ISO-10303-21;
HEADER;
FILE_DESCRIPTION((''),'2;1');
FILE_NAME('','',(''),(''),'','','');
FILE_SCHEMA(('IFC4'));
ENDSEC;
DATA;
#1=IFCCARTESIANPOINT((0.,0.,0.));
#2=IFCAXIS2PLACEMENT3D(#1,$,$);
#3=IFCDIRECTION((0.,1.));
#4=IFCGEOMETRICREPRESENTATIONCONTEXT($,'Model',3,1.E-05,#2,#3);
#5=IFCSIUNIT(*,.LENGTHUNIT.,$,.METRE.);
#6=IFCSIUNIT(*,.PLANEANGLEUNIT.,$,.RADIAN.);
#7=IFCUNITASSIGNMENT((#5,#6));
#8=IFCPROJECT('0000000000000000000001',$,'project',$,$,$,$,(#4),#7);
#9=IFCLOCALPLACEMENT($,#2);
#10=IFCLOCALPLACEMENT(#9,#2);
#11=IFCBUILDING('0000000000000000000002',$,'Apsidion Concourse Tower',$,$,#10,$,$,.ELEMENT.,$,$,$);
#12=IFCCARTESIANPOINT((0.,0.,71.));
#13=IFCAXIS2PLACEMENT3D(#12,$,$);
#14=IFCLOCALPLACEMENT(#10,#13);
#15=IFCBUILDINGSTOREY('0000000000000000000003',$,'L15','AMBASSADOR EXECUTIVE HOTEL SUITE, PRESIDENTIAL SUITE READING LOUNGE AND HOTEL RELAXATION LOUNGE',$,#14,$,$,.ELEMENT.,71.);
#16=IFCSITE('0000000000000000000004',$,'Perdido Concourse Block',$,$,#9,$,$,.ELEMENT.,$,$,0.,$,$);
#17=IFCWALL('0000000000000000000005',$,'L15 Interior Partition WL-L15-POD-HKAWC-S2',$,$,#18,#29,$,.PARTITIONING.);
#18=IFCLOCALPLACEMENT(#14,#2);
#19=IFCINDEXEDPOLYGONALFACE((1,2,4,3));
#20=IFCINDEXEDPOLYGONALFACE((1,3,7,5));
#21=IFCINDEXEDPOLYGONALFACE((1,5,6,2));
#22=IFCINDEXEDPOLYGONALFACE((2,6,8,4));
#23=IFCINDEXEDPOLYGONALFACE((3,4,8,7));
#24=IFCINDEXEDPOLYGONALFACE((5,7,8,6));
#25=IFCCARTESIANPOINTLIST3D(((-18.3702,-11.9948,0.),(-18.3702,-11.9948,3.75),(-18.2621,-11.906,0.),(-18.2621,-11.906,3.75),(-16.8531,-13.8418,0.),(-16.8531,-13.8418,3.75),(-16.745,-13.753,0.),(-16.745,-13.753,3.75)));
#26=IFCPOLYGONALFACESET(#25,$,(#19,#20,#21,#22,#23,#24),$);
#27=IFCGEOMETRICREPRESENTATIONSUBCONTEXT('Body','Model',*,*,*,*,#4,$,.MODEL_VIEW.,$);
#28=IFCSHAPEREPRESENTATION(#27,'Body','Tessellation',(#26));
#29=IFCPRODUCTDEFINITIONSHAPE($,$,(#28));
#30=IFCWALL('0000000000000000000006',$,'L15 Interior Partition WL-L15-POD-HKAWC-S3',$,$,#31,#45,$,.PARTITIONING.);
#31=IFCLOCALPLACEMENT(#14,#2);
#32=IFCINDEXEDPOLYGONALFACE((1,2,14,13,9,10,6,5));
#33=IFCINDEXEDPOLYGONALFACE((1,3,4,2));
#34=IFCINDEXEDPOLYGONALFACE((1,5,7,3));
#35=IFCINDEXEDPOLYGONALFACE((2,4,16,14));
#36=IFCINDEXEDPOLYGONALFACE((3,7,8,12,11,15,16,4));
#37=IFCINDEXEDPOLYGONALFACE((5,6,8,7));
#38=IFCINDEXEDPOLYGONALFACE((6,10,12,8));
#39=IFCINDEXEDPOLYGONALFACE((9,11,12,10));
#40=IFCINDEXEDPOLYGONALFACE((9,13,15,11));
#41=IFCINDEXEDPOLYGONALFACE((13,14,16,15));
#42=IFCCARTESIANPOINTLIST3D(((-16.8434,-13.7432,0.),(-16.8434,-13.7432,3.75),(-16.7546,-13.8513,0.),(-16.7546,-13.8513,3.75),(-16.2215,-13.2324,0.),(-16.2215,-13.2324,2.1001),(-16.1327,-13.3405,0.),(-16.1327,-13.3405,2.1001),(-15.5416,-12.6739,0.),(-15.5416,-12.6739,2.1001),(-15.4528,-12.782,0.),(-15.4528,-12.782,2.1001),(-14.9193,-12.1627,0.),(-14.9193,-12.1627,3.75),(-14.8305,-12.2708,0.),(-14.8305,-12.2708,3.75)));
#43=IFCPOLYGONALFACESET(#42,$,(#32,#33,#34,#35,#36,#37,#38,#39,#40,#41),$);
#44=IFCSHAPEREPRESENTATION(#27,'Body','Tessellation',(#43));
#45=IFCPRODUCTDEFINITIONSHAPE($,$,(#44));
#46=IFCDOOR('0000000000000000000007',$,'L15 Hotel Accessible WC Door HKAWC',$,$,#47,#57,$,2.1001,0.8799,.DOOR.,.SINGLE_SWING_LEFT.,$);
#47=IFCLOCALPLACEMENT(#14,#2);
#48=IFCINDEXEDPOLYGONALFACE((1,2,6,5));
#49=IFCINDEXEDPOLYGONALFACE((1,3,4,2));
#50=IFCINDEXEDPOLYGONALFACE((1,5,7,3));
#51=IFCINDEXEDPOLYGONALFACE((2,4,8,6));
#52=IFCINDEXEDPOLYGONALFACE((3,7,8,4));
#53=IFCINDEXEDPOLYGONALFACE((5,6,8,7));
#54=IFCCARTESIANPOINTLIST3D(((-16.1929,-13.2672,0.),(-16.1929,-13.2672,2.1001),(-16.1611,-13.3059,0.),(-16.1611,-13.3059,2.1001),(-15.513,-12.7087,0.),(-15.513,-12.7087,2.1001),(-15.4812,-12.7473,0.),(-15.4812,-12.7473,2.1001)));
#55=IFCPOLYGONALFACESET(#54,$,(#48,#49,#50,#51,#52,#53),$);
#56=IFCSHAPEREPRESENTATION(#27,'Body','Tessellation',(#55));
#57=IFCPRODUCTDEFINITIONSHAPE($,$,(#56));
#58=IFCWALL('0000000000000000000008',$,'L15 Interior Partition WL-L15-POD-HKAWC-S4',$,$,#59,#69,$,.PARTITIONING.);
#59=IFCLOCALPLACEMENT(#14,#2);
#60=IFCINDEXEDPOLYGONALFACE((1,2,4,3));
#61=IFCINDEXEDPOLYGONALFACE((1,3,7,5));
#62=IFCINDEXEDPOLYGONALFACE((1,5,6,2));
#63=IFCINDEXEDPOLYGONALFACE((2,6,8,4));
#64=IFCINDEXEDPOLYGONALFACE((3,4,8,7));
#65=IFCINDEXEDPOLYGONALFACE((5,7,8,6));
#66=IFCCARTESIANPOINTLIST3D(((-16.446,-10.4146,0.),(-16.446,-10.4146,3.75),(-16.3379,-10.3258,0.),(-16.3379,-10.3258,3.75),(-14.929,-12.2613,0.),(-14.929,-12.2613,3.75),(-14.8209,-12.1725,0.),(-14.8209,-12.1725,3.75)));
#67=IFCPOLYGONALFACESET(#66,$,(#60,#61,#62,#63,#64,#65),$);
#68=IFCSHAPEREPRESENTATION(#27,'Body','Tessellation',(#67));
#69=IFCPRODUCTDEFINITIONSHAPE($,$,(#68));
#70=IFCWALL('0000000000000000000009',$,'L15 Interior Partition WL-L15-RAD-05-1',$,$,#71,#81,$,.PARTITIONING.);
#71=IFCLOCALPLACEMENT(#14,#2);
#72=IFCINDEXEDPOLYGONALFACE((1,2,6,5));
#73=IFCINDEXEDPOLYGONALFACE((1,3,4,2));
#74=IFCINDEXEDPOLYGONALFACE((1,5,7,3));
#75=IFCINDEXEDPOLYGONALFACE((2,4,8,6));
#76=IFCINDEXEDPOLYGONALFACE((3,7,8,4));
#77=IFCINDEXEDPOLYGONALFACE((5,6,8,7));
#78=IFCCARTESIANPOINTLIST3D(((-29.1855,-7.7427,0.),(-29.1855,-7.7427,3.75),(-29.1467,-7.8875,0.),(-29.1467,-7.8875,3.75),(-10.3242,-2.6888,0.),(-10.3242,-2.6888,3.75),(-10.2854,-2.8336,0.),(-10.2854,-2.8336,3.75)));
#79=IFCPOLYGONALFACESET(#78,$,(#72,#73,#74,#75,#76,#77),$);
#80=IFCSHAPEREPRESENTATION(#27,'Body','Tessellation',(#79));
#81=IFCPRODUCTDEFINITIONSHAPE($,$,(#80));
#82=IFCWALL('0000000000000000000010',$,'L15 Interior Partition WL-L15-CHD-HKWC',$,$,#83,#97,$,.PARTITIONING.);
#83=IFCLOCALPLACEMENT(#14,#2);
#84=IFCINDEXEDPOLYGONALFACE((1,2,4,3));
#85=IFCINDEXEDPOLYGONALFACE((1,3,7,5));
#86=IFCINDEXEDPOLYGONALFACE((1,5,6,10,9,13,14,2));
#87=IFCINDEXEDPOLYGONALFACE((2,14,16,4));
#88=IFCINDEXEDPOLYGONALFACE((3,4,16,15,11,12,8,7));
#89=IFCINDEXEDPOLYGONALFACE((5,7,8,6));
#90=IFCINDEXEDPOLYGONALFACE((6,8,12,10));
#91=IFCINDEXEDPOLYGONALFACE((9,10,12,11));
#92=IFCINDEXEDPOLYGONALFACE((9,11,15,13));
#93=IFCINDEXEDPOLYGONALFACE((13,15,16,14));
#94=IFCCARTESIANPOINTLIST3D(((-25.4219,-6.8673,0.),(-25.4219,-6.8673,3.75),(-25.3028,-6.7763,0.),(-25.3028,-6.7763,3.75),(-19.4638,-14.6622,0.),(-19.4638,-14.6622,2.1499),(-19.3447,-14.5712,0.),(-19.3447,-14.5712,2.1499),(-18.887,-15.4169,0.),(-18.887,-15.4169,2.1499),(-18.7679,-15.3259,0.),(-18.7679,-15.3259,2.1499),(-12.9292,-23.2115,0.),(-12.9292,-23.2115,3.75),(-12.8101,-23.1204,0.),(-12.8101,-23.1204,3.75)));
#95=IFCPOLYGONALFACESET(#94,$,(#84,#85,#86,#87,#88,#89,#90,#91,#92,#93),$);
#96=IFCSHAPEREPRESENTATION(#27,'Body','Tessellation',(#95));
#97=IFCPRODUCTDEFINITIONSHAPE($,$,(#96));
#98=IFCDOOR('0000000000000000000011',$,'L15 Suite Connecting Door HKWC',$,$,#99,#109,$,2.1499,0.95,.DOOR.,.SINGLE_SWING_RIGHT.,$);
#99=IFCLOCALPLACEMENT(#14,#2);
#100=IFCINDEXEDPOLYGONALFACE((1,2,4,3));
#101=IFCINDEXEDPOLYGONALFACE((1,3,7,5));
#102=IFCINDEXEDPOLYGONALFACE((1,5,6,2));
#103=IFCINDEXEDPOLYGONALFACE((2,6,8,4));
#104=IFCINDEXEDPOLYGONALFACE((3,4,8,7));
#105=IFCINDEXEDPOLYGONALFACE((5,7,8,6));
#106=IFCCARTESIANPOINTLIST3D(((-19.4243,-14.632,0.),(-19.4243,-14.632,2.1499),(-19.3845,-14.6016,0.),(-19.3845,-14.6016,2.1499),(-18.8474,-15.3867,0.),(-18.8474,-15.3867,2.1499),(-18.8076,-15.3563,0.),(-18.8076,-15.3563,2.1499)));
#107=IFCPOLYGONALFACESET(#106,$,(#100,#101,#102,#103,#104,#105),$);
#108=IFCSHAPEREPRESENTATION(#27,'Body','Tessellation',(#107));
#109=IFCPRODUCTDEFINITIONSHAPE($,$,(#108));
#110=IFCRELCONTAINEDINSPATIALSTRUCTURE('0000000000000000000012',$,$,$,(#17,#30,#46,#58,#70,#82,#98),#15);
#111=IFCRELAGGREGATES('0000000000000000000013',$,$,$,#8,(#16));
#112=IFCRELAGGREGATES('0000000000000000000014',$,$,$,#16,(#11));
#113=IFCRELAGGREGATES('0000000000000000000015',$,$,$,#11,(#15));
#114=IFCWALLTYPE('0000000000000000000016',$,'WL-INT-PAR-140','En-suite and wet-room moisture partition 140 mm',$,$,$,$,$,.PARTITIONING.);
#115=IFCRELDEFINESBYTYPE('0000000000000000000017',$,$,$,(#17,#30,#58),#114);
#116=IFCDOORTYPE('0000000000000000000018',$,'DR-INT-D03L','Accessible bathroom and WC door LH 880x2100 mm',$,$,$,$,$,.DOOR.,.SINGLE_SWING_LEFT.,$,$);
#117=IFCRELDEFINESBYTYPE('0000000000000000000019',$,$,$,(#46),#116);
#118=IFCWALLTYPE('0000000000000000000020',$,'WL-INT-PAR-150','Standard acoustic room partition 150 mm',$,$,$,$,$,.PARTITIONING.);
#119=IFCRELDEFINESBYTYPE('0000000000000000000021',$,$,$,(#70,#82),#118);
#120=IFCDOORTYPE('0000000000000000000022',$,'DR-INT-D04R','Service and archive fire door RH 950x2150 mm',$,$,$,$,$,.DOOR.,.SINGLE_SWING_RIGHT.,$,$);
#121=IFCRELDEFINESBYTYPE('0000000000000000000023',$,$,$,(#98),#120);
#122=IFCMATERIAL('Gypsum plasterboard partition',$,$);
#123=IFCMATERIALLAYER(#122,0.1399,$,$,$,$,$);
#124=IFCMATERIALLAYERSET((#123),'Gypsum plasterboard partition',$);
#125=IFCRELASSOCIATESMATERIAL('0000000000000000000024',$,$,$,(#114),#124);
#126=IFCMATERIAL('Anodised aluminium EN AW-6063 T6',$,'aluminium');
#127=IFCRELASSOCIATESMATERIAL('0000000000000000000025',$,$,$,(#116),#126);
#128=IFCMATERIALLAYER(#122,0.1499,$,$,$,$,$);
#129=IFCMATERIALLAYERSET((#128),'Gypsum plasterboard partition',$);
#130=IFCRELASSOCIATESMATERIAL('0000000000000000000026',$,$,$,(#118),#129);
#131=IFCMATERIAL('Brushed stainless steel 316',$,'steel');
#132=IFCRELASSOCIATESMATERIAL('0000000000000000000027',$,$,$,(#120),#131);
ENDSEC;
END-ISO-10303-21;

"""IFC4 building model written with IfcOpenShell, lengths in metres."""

from ifc_helpers import new_model, si_unit, direction, frame, frame_2d, origin, place, context, subcontext, project, spatial, rectangle, extrude, material, layer, layer_set, type_object, element, fill, save


model = new_model("IFC4")

# Units and contexts
model_context = context("Model", 3, precision=1e-05, world=origin(), true_north=direction((0.0, 1.0)))
body_context = subcontext(model_context, "Body", "Model", "MODEL_VIEW")
ifc_project = project(units=[si_unit("LENGTHUNIT", "METRE"), si_unit("PLANEANGLEUNIT", "RADIAN")], contexts=[model_context])

# Site, building, storey
site_placement = place(None, origin())
site = spatial("IfcSite", under=ifc_project, at=site_placement, Name="Perdido Concourse Block", CompositionType="ELEMENT", RefElevation=0.0)
building_placement = place(site_placement, origin())
building = spatial("IfcBuilding", under=site, at=building_placement, Name="Apsidion Concourse Tower", CompositionType="ELEMENT")
storey_placement = place(building_placement, frame((0.0, 0.0, 71.0)))
storey = spatial("IfcBuildingStorey", under=building, at=storey_placement, Name="L15", Description="AMBASSADOR EXECUTIVE HOTEL SUITE, PRESIDENTIAL SUITE READING LOUNGE AND HOTEL RELAXATION LOUNGE", CompositionType="ELEMENT", Elevation=71.0)

# Shared definitions
ifc_material_1 = material(Name="Anodised aluminium EN AW-6063 T6", Category="aluminium")

# Wall
ifc_material_2 = material(Name="Gypsum plasterboard partition")
ifc_layer_1 = layer(ifc_material_2, 0.1399)
ifc_layer_set_1 = layer_set([ifc_layer_1], Name="Gypsum plasterboard partition")
wall_type_1 = type_object("IfcWallType", Name="WL-INT-PAR-140", Description="En-suite and wet-room moisture partition 140 mm", PredefinedType="PARTITIONING", material=ifc_layer_set_1)
wall_1_placement = place(storey_placement, frame((-18.3162, -11.9504, 0.0), z_axis=(0.0, 0.0, 1.0), x_axis=(0.634733, -0.772732, 0.0)))
element("IfcWall", 1, at=wall_1_placement, inside=storey, type_object=wall_type_1, Name="L15 Interior Partition WL-L15-POD-HKAWC-S2", PredefinedType="PARTITIONING", context=body_context, shape_type="SweptSolid", body=[
    extrude(rectangle(XDim=2.3901, YDim=0.1399, at=frame_2d((1.1951, 0.0))), origin(), (0.0, 0.0, 1.0), 3.75),
])

# Wall, opening, door
wall_2_placement = place(storey_placement, frame((-16.7991, -13.7974, 0.0), z_axis=(0.0, 0.0, 1.0), x_axis=(0.772711, 0.634758, 0.0)))
wall_2 = element("IfcWall", 2, at=wall_2_placement, inside=storey, type_object=wall_type_1, Name="L15 Interior Partition WL-L15-POD-HKAWC-S3", PredefinedType="PARTITIONING", context=body_context, shape_type="SweptSolid", body=[
    extrude(rectangle(XDim=2.49, YDim=0.1399, at=frame_2d((1.2451, 0.0))), origin(), (0.0, 0.0, 1.0), 3.75),
])
opening_1_placement = place(wall_2_placement, frame((0.8049, 0.0, 0.0)))
opening_1 = element("IfcOpeningElement", 3, at=opening_1_placement, cuts=wall_2, PredefinedType="OPENING", context=body_context, shape_type="SweptSolid", body=[
    extrude(rectangle(XDim=0.8799, YDim=2.1001, at=frame_2d((0.4399, 1.05))), frame((0.0, 0.0801, 0.0), z_axis=(0.0, -1.0, 0.0), x_axis=(1.0, 0.0, 0.0)), (0.0, 0.0, 1.0), 0.1599),
])
door_type_1 = type_object("IfcDoorType", Name="DR-INT-D03L", Description="Accessible bathroom and WC door LH 880x2100 mm", OperationType="SINGLE_SWING_LEFT", PredefinedType="DOOR", material=ifc_material_1)
door_1_placement = place(opening_1_placement, origin())
door_1 = element("IfcDoor", 4, at=door_1_placement, inside=storey, type_object=door_type_1, Name="L15 Hotel Accessible WC Door HKAWC", OperationType="SINGLE_SWING_LEFT", OverallHeight=2.1001, OverallWidth=0.8799, PredefinedType="DOOR", context=body_context, shape_type="SweptSolid", body=[
    extrude(rectangle(XDim=0.8799, YDim=2.1001, at=frame_2d((0.4399, 1.05))), frame((0.0, 0.0249, 0.0), z_axis=(0.0, -1.0, 0.0), x_axis=(1.0, 0.0, 0.0)), (0.0, 0.0, 1.0), 0.05),
])
fill(opening_1, door_1)

# Walls
wall_3_placement = place(storey_placement, frame((-14.875, -12.2168, 0.0), z_axis=(0.0, 0.0, 1.0), x_axis=(-0.634783, 0.77269, 0.0)))
element("IfcWall", 5, at=wall_3_placement, inside=storey, type_object=wall_type_1, Name="L15 Interior Partition WL-L15-POD-HKAWC-S4", PredefinedType="PARTITIONING", context=body_context, shape_type="SweptSolid", body=[
    extrude(rectangle(XDim=2.3899, YDim=0.1399, at=frame_2d((1.1948, 0.0))), origin(), (0.0, 0.0, 1.0), 3.75),
])
ifc_layer_2 = layer(ifc_material_2, 0.1499)
ifc_layer_set_2 = layer_set([ifc_layer_2], Name="Gypsum plasterboard partition")
wall_type_2 = type_object("IfcWallType", Name="WL-INT-PAR-150", Description="Standard acoustic room partition 150 mm", PredefinedType="PARTITIONING", material=ifc_layer_set_2)
wall_4_placement = place(storey_placement, frame((-10.3049, -2.7612, 0.0), z_axis=(0.0, 0.0, 1.0), x_axis=(-0.965925, -0.258823, 0.0)))
element("IfcWall", 6, at=wall_4_placement, inside=storey, type_object=wall_type_2, Name="L15 Interior Partition WL-L15-RAD-05-1", PredefinedType="PARTITIONING", context=body_context, shape_type="SweptSolid", body=[
    extrude(rectangle(XDim=19.5266, YDim=0.1499, at=frame_2d((9.7632, 0.0))), origin(), (0.0, 0.0, 1.0), 3.75),
])

# Wall, opening, door
wall_5_placement = place(storey_placement, frame((-25.3623, -6.8218, 0.0), z_axis=(0.0, 0.0, 1.0), x_axis=(0.60727, -0.794495, 0.0)))
wall_5 = element("IfcWall", 7, at=wall_5_placement, inside=storey, type_object=wall_type_2, Name="L15 Interior Partition WL-L15-CHD-HKWC", PredefinedType="PARTITIONING", context=body_context, shape_type="SweptSolid", body=[
    extrude(rectangle(XDim=20.5718, YDim=0.1499, at=frame_2d((10.2859, 0.0))), origin(), (0.0, 0.0, 1.0), 3.75),
])
opening_2_placement = place(wall_5_placement, frame((9.811, 0.0, 0.0)))
opening_2 = element("IfcOpeningElement", 8, at=opening_2_placement, cuts=wall_5, PredefinedType="OPENING", context=body_context, shape_type="SweptSolid", body=[
    extrude(rectangle(XDim=0.95, YDim=2.1499, at=frame_2d((0.4751, 1.075))), frame((0.0, 0.085, 0.0), z_axis=(0.0, -1.0, 0.0), x_axis=(1.0, 0.0, 0.0)), (0.0, 0.0, 1.0), 0.1699),
])
ifc_material_3 = material(Name="Brushed stainless steel 316", Category="steel")
door_type_2 = type_object("IfcDoorType", Name="DR-INT-D04R", Description="Service and archive fire door RH 950x2150 mm", OperationType="SINGLE_SWING_RIGHT", PredefinedType="DOOR", material=ifc_material_3)
door_2_placement = place(opening_2_placement, origin())
door_2 = element("IfcDoor", 9, at=door_2_placement, inside=storey, type_object=door_type_2, Name="L15 Suite Connecting Door HKWC", OperationType="SINGLE_SWING_RIGHT", OverallHeight=2.1499, OverallWidth=0.95, PredefinedType="DOOR", context=body_context, shape_type="SweptSolid", body=[
    extrude(rectangle(XDim=0.95, YDim=2.1499, at=frame_2d((0.4751, 1.075))), frame((0.0, 0.0249, 0.0), z_axis=(0.0, -1.0, 0.0), x_axis=(1.0, 0.0, 0.0)), (0.0, 0.0, 1.0), 0.05),
])
fill(opening_2, door_2)

save(model, "model.ifc")
